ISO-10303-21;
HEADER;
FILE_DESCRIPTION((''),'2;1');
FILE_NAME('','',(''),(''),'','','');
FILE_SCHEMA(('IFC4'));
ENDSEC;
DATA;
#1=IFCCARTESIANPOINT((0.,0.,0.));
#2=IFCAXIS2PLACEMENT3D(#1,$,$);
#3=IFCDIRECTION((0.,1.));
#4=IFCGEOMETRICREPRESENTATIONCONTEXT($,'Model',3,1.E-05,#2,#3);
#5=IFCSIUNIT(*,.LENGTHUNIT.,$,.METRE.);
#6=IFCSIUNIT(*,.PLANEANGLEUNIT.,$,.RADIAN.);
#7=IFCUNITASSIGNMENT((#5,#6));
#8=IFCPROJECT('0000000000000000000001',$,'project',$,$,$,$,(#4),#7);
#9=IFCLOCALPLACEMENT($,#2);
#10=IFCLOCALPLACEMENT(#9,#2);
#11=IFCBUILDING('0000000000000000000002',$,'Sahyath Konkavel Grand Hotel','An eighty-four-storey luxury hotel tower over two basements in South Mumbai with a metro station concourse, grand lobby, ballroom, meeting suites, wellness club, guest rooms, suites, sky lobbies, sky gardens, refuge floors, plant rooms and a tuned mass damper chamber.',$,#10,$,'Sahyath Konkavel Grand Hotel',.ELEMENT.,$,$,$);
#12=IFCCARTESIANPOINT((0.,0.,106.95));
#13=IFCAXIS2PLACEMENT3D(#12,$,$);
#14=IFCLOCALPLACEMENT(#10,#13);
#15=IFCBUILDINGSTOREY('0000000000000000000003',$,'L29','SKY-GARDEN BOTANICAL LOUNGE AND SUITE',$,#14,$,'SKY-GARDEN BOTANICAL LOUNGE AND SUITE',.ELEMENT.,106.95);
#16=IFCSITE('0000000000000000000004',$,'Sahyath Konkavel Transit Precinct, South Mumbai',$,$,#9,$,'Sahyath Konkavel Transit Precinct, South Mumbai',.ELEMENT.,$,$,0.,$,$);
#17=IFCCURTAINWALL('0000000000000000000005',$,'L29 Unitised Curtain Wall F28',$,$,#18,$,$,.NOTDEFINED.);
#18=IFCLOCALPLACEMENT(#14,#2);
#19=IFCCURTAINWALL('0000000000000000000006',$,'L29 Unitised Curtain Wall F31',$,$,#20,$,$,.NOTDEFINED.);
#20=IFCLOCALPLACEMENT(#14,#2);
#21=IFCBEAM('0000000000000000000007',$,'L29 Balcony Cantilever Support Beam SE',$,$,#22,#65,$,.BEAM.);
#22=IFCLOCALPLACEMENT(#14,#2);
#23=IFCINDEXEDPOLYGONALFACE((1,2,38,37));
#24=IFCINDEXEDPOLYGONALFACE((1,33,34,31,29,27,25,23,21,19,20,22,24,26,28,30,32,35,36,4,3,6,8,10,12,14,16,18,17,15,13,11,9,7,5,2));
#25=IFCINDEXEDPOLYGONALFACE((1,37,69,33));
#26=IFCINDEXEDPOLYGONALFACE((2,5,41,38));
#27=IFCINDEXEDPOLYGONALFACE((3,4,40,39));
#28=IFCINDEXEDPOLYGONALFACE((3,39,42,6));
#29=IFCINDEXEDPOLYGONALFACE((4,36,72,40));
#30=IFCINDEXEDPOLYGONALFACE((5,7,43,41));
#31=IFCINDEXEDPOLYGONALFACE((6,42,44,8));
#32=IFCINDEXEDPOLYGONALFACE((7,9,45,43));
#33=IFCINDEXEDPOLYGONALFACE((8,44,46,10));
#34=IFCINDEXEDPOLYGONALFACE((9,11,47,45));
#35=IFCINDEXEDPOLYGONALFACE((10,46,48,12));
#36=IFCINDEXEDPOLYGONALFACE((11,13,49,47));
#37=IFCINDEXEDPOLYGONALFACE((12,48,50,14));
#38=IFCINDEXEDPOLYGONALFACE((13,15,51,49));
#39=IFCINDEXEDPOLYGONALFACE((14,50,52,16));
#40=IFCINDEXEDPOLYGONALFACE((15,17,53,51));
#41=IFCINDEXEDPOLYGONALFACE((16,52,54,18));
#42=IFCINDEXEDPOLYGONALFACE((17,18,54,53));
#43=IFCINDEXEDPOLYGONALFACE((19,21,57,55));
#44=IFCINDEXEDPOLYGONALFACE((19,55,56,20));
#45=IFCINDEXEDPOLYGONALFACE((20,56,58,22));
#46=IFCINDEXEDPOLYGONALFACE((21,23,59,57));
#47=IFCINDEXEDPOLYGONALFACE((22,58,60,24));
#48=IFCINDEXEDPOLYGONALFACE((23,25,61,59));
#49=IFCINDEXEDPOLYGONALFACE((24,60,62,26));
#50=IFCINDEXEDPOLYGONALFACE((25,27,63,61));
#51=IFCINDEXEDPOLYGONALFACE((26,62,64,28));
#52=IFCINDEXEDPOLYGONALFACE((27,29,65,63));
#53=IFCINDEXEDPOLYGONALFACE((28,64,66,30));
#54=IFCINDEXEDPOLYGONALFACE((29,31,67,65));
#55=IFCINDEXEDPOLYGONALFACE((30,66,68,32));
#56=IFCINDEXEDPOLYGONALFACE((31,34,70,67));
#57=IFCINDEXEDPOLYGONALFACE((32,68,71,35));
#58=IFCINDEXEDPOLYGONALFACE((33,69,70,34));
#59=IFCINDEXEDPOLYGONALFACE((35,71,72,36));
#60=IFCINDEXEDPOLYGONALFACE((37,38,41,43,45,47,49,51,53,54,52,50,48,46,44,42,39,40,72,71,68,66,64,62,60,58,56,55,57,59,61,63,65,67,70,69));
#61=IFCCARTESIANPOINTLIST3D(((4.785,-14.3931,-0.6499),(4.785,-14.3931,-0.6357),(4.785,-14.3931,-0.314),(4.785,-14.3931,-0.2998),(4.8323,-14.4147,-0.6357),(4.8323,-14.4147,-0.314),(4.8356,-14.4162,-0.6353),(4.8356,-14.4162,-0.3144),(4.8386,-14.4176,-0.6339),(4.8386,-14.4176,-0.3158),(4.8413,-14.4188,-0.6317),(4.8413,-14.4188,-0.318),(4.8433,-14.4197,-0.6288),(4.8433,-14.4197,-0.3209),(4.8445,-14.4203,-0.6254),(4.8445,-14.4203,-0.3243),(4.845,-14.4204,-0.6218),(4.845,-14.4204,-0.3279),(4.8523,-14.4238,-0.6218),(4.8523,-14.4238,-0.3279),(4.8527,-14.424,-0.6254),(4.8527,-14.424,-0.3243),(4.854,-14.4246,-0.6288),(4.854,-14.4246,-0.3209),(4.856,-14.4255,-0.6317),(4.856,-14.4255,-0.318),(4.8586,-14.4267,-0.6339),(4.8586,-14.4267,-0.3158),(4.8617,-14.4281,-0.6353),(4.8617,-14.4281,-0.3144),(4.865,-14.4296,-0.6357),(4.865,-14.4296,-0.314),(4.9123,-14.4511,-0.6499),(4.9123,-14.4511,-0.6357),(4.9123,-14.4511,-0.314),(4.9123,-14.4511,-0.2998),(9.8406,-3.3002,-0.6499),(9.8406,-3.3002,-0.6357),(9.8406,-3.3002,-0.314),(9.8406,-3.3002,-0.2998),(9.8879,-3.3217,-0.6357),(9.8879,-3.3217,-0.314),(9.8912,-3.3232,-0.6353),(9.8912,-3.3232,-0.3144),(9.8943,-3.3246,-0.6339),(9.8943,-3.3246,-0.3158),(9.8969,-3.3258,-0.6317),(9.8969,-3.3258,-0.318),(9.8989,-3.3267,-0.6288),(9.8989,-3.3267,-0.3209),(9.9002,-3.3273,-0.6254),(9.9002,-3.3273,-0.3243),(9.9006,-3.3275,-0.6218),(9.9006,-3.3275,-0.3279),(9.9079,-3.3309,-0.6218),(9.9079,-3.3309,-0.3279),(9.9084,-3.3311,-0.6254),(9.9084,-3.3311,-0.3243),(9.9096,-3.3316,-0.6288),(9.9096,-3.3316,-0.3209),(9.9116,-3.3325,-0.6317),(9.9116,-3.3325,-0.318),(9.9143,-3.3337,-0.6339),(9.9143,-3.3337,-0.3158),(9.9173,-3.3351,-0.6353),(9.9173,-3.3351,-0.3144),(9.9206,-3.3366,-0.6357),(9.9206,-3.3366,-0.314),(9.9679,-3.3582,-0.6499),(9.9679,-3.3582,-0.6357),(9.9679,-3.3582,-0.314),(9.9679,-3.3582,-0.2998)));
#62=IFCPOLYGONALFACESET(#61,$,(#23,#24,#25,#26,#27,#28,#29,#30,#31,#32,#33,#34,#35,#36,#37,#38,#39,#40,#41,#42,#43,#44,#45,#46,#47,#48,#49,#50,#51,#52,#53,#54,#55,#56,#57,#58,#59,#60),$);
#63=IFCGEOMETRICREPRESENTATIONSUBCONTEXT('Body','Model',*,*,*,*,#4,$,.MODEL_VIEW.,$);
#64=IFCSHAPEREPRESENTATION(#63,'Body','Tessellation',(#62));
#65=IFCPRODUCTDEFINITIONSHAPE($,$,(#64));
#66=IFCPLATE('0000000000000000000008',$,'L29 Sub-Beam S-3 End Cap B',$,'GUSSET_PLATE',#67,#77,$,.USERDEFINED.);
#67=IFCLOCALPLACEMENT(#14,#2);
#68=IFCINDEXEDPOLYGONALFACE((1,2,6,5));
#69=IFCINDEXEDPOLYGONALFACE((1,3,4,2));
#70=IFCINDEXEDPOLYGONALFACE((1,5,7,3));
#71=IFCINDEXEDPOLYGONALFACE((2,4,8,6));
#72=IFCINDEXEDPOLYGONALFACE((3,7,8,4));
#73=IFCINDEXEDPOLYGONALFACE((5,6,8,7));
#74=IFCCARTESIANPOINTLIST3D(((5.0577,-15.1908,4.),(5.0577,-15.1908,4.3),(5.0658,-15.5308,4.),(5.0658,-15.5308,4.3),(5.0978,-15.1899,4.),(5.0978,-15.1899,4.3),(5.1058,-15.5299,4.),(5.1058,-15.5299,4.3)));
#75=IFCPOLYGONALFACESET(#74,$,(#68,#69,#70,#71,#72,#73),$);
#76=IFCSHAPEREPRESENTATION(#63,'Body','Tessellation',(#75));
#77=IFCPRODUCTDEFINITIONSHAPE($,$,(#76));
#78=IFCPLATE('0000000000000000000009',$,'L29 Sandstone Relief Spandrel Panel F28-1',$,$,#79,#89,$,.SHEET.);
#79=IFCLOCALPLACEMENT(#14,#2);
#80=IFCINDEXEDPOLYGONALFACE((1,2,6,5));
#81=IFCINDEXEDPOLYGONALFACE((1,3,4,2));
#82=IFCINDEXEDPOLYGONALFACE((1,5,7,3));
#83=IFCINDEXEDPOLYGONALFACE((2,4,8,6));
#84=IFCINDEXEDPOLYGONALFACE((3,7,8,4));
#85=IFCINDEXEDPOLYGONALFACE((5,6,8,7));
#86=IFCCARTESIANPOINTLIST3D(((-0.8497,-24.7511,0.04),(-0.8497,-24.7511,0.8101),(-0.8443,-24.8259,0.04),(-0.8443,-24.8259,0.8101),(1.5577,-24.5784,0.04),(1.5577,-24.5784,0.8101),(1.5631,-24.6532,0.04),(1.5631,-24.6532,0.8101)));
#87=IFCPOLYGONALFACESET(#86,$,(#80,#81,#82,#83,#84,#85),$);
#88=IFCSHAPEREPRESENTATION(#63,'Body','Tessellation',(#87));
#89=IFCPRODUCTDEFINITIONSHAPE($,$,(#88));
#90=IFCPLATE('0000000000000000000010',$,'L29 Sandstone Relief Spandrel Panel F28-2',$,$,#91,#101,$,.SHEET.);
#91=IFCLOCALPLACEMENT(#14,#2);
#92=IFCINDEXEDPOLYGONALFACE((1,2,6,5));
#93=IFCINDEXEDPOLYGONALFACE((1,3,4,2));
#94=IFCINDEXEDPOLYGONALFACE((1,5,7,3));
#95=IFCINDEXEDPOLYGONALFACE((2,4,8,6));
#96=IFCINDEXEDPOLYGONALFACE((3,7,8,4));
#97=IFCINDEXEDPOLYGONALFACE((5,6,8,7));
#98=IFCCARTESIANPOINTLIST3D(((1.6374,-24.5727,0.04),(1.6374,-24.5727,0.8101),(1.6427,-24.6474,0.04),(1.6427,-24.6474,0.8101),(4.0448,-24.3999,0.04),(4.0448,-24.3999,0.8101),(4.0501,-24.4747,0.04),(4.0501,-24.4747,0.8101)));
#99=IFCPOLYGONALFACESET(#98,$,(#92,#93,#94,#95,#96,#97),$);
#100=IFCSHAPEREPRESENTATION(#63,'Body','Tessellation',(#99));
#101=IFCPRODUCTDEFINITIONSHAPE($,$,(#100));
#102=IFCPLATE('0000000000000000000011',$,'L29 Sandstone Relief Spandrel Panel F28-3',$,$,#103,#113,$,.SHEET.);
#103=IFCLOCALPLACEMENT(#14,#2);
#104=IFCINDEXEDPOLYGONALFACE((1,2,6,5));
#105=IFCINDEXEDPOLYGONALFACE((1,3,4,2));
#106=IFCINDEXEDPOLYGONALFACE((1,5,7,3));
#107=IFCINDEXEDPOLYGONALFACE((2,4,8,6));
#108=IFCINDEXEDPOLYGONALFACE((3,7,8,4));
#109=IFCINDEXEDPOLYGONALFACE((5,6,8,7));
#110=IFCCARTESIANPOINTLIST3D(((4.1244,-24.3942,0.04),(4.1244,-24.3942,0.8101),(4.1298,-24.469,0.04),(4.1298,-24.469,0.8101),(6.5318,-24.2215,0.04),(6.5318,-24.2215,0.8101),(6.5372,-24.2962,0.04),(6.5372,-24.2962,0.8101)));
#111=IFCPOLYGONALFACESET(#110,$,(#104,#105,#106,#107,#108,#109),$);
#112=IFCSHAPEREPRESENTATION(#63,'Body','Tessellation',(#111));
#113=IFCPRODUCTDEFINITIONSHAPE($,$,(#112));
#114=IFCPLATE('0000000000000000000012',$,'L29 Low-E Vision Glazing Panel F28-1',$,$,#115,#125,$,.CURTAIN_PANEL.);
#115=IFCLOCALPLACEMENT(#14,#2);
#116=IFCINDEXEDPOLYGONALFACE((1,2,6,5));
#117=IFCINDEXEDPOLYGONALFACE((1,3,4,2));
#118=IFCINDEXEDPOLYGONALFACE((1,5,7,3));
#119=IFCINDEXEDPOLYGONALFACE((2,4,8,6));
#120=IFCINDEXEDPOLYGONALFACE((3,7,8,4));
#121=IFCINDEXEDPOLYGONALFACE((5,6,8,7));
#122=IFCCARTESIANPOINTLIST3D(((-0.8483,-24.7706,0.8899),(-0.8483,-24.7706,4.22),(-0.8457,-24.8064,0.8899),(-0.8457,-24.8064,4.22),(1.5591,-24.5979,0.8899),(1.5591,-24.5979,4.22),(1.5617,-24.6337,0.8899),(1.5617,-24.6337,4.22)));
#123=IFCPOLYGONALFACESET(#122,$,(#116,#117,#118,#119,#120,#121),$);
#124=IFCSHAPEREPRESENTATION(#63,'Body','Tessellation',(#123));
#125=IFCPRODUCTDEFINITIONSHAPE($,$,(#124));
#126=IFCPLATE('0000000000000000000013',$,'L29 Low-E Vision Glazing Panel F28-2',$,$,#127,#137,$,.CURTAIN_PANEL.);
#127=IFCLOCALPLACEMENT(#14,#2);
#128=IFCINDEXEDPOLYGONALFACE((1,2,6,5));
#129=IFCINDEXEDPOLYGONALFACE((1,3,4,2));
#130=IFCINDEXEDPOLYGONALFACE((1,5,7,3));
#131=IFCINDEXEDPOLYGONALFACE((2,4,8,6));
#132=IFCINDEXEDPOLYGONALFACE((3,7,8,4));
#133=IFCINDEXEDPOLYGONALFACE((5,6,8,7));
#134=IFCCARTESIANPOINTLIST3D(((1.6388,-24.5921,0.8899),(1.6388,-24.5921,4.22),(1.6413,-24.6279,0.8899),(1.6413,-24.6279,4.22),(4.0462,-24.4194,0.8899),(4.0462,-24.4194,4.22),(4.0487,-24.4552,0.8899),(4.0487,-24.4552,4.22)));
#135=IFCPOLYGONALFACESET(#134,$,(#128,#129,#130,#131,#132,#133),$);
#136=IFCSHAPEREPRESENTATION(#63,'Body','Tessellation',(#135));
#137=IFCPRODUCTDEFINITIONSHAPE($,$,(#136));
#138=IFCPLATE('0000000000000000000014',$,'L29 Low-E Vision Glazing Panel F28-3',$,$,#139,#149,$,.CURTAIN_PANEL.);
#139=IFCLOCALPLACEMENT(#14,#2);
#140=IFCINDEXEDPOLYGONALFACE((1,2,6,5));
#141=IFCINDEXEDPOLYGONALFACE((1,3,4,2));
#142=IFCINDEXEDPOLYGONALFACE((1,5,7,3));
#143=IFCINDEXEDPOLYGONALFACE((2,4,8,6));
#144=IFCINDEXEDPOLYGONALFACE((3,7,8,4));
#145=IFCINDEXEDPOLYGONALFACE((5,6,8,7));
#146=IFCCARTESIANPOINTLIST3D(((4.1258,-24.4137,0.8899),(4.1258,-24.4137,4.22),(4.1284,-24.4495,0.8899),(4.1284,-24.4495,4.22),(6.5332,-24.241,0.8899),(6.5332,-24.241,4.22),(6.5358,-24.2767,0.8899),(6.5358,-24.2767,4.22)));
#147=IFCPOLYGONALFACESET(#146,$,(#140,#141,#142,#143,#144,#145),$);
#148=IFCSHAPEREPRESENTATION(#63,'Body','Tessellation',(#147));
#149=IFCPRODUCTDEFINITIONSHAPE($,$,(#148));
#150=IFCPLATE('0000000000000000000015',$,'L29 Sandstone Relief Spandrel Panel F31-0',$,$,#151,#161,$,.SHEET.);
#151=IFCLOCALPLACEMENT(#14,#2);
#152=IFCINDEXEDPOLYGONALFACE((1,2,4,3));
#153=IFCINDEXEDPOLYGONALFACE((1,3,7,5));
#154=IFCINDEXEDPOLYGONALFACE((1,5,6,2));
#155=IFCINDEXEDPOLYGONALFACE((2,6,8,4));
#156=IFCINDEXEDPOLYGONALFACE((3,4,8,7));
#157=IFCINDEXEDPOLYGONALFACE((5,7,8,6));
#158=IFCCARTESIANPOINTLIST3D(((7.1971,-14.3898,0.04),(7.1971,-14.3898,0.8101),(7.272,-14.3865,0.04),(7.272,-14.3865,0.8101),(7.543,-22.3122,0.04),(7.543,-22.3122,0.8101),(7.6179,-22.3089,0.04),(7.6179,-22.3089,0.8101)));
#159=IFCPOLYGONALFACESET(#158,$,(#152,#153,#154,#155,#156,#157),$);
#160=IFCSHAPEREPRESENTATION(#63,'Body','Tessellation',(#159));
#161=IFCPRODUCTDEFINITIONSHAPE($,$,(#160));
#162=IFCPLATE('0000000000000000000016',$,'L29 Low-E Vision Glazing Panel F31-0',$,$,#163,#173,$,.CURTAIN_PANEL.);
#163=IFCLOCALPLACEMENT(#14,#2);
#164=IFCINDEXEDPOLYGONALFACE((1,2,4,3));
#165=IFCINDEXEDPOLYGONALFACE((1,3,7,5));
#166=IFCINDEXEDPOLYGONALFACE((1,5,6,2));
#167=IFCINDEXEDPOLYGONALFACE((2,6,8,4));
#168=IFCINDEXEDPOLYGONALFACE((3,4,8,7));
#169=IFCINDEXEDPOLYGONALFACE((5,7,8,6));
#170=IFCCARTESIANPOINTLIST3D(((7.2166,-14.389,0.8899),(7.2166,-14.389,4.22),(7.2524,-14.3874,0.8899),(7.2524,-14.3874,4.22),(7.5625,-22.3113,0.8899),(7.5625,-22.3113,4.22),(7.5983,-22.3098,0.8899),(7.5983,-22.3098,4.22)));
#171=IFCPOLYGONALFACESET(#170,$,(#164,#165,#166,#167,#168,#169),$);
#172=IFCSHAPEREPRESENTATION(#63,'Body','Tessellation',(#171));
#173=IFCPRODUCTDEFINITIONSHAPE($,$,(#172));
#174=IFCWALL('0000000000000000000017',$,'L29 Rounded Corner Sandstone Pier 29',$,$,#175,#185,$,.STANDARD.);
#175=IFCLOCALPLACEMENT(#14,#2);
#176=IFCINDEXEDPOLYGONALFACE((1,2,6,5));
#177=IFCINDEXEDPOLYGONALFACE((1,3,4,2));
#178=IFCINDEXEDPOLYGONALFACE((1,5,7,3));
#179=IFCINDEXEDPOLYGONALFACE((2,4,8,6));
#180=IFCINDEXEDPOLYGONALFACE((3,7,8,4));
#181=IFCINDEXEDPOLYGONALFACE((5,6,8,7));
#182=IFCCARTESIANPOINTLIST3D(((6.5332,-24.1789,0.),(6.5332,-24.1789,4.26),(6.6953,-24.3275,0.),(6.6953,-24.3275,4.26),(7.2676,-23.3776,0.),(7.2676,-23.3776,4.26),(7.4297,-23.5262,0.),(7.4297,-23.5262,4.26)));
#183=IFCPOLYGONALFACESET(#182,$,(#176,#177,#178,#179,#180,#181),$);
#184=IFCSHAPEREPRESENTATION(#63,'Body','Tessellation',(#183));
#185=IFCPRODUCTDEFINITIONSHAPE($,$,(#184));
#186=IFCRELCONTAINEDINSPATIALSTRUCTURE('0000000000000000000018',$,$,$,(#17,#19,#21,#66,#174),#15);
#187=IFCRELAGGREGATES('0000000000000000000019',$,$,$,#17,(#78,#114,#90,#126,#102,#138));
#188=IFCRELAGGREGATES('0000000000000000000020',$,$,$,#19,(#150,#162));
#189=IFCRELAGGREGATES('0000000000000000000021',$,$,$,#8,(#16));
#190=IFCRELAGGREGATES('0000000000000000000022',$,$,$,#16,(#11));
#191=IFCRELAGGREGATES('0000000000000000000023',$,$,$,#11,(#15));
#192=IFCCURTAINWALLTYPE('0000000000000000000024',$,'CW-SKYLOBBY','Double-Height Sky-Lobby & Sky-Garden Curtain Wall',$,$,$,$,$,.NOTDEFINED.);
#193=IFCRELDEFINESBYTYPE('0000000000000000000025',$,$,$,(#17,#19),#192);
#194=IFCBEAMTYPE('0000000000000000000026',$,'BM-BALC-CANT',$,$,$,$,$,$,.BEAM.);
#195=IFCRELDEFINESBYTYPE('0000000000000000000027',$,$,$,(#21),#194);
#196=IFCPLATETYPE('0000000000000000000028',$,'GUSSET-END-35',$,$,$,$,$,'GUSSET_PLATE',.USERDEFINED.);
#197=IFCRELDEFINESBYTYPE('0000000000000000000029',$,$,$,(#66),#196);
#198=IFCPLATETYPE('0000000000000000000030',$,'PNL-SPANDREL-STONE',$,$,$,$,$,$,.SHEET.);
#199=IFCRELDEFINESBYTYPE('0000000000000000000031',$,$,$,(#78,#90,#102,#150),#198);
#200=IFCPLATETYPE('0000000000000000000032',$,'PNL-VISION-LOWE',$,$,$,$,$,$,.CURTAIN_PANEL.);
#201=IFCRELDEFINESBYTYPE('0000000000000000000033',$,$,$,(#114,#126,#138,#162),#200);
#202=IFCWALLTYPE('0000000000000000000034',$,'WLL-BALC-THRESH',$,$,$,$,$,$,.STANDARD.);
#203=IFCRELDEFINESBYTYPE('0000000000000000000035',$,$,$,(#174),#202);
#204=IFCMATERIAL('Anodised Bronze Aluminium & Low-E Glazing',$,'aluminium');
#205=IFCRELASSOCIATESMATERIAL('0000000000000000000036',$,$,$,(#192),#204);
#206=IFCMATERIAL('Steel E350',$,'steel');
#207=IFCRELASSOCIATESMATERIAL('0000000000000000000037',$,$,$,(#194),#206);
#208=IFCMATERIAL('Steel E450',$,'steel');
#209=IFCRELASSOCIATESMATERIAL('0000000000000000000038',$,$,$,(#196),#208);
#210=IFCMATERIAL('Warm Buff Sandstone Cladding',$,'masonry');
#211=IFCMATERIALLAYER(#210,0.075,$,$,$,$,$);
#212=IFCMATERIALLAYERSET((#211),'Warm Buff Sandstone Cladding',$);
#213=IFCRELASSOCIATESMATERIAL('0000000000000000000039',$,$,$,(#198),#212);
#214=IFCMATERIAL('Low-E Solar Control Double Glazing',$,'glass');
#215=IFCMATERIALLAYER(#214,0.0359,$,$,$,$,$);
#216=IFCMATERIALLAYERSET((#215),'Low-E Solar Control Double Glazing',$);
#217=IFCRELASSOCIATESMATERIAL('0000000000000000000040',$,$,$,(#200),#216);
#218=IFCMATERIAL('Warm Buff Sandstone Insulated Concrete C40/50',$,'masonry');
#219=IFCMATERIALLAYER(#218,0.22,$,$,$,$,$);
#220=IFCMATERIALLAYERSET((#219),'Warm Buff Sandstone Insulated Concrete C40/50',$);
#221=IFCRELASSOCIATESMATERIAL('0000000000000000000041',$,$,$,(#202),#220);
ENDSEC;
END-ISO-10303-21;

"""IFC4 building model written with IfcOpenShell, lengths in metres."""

from ifc_helpers import new_model, si_unit, direction, frame, frame_2d, origin, origin_2d, place, context, subcontext, project, spatial, rectangle, i_section, extrude, source, transform, mapped, material, layer, layer_set, material_profile, profile_set, type_object, element, aggregate, save


model = new_model("IFC4")

# Units and contexts
model_context = context("Model", 3, precision=1e-05, world=origin(), true_north=direction((0.0, 1.0)))
body_context = subcontext(model_context, "Body", "Model", "MODEL_VIEW")
ifc_project = project(units=[si_unit("LENGTHUNIT", "METRE"), si_unit("PLANEANGLEUNIT", "RADIAN")], contexts=[model_context])

# Site, building, storey
site_placement = place(None, origin())
site = spatial("IfcSite", under=ifc_project, at=site_placement, Name="Sahyath Konkavel Transit Precinct, South Mumbai", LongName="Sahyath Konkavel Transit Precinct, South Mumbai", CompositionType="ELEMENT", RefElevation=0.0)
building_placement = place(site_placement, origin())
building = spatial("IfcBuilding", under=site, at=building_placement, Name="Sahyath Konkavel Grand Hotel", Description="An eighty-four-storey luxury hotel tower over two basements in South Mumbai with a metro station concourse, grand lobby, ballroom, meeting suites, wellness club, guest rooms, suites, sky lobbies, sky gardens, refuge floors, plant rooms and a tuned mass damper chamber.", LongName="Sahyath Konkavel Grand Hotel", CompositionType="ELEMENT")
storey_placement = place(building_placement, frame((0.0, 0.0, 106.95)))
storey = spatial("IfcBuildingStorey", under=building, at=storey_placement, Name="L29", Description="SKY-GARDEN BOTANICAL LOUNGE AND SUITE", LongName="SKY-GARDEN BOTANICAL LOUNGE AND SUITE", CompositionType="ELEMENT", Elevation=106.95)

# Curtain wall
ifc_material_1 = material(Name="Anodised Bronze Aluminium & Low-E Glazing", Category="aluminium")
curtain_wall_type = type_object("IfcCurtainWallType", Name="CW-SKYLOBBY", Description="Double-Height Sky-Lobby & Sky-Garden Curtain Wall", PredefinedType="NOTDEFINED", material=ifc_material_1)
curtain_wall_1_placement = place(storey_placement, origin())
curtain_wall_1 = element("IfcCurtainWall", 1, at=curtain_wall_1_placement, inside=storey, type_object=curtain_wall_type, Name="L29 Unitised Curtain Wall F28", PredefinedType="NOTDEFINED")

# Curtain wall
curtain_wall_2_placement = place(storey_placement, origin())
curtain_wall_2 = element("IfcCurtainWall", 2, at=curtain_wall_2_placement, inside=storey, type_object=curtain_wall_type, Name="L29 Unitised Curtain Wall F31", PredefinedType="NOTDEFINED")

# Beam
ifc_material_2 = material(Name="Steel E350", Category="steel")
ifc_material_profile_1 = material_profile(ifc_material_2, i_section(OverallWidth=0.1399, OverallDepth=0.3501, WebThickness=0.0081, FlangeThickness=0.0142, FilletRadius=0.0139, at=origin_2d()), Name="ISMB 350")
ifc_profile_set_1 = profile_set([ifc_material_profile_1], Name="Steel E350")
beam_type = type_object("IfcBeamType", Name="BM-BALC-CANT", PredefinedType="BEAM", material=ifc_profile_set_1)
shared_shape_1 = source(origin(), body_context, "Body", "SweptSolid", [
    extrude(i_section(OverallWidth=0.1399, OverallDepth=0.3501, WebThickness=0.0081, FlangeThickness=0.0142, FilletRadius=0.0139, at=origin_2d()), origin(), (0.0, 0.0, 1.0), 12.1907),
])
beam_placement = place(storey_placement, frame((4.8486, -14.4221, -0.4749), z_axis=(0.414713, 0.909952, 0.0), x_axis=(-0.909952, 0.414713, 0.0)))
element("IfcBeam", 3, at=beam_placement, inside=storey, type_object=beam_type, Name="L29 Balcony Cantilever Support Beam SE", PredefinedType="BEAM", context=body_context, shape_type="MappedRepresentation", body=[
    mapped(shared_shape_1, transform((0.0, 0.0, 0.0), scale=1.0)),
])

# Plates
ifc_material_3 = material(Name="Steel E450", Category="steel")
plate_type_1 = type_object("IfcPlateType", Name="GUSSET-END-35", ElementType="GUSSET_PLATE", PredefinedType="USERDEFINED", material=ifc_material_3)
shared_shape_2 = source(origin(), body_context, "Body", "SweptSolid", [
    extrude(rectangle(XDim=0.04, YDim=0.3401, at=origin_2d()), origin(), (0.0, 0.0, 1.0), 0.3),
])
plate_1_placement = place(storey_placement, frame((5.0818, -15.3604, 4.0), z_axis=(0.0, 0.0, 1.0), x_axis=(0.999719, 0.023699, 0.0)))
element("IfcPlate", 4, at=plate_1_placement, inside=storey, type_object=plate_type_1, Name="L29 Sub-Beam S-3 End Cap B", ObjectType="GUSSET_PLATE", PredefinedType="USERDEFINED", context=body_context, shape_type="MappedRepresentation", body=[
    mapped(shared_shape_2, transform((0.0, 0.0, 0.0), scale=1.0)),
])
ifc_material_4 = material(Name="Warm Buff Sandstone Cladding", Category="masonry")
ifc_layer_1 = layer(ifc_material_4, 0.075)
ifc_layer_set_1 = layer_set([ifc_layer_1], Name="Warm Buff Sandstone Cladding")
plate_type_2 = type_object("IfcPlateType", Name="PNL-SPANDREL-STONE", PredefinedType="SHEET", material=ifc_layer_set_1)
shared_shape_3 = source(origin(), body_context, "Body", "SweptSolid", [
    extrude(rectangle(XDim=2.4136, YDim=0.075, at=origin_2d()), origin(), (0.0, 0.0, 1.0), 0.77),
])
plate_2_placement = place(storey_placement, frame((0.3567, -24.7021, 0.04), z_axis=(0.0, 0.0, 1.0), x_axis=(0.997436, 0.071567, 0.0)))
plate_2 = element("IfcPlate", 5, at=plate_2_placement, type_object=plate_type_2, Name="L29 Sandstone Relief Spandrel Panel F28-1", PredefinedType="SHEET", context=body_context, shape_type="MappedRepresentation", body=[
    mapped(shared_shape_3, transform((0.0, 0.0, 0.0), scale=1.0)),
])
plate_3_placement = place(storey_placement, frame((2.8438, -24.5237, 0.04), z_axis=(0.0, 0.0, 1.0), x_axis=(0.997436, 0.071567, 0.0)))
plate_3 = element("IfcPlate", 6, at=plate_3_placement, type_object=plate_type_2, Name="L29 Sandstone Relief Spandrel Panel F28-2", PredefinedType="SHEET", context=body_context, shape_type="MappedRepresentation", body=[
    mapped(shared_shape_3, transform((0.0, 0.0, 0.0), scale=1.0)),
])
plate_4_placement = place(storey_placement, frame((5.3308, -24.3452, 0.04), z_axis=(0.0, 0.0, 1.0), x_axis=(0.997436, 0.071567, 0.0)))
plate_4 = element("IfcPlate", 7, at=plate_4_placement, type_object=plate_type_2, Name="L29 Sandstone Relief Spandrel Panel F28-3", PredefinedType="SHEET", context=body_context, shape_type="MappedRepresentation", body=[
    mapped(shared_shape_3, transform((0.0, 0.0, 0.0), scale=1.0)),
])
ifc_material_5 = material(Name="Low-E Solar Control Double Glazing", Category="glass")
ifc_layer_2 = layer(ifc_material_5, 0.0359)
ifc_layer_set_2 = layer_set([ifc_layer_2], Name="Low-E Solar Control Double Glazing")
plate_type_3 = type_object("IfcPlateType", Name="PNL-VISION-LOWE", PredefinedType="CURTAIN_PANEL", material=ifc_layer_set_2)
shared_shape_4 = source(origin(), body_context, "Body", "SweptSolid", [
    extrude(rectangle(XDim=2.4136, YDim=0.0359, at=origin_2d()), origin(), (0.0, 0.0, 1.0), 3.3301),
])
plate_5_placement = place(storey_placement, frame((0.3567, -24.7021, 0.8899), z_axis=(0.0, 0.0, 1.0), x_axis=(0.997436, 0.071567, 0.0)))
plate_5 = element("IfcPlate", 8, at=plate_5_placement, type_object=plate_type_3, Name="L29 Low-E Vision Glazing Panel F28-1", PredefinedType="CURTAIN_PANEL", context=body_context, shape_type="MappedRepresentation", body=[
    mapped(shared_shape_4, transform((0.0, 0.0, 0.0), scale=1.0)),
])
plate_6_placement = place(storey_placement, frame((2.8438, -24.5237, 0.8899), z_axis=(0.0, 0.0, 1.0), x_axis=(0.997436, 0.071567, 0.0)))
plate_6 = element("IfcPlate", 9, at=plate_6_placement, type_object=plate_type_3, Name="L29 Low-E Vision Glazing Panel F28-2", PredefinedType="CURTAIN_PANEL", context=body_context, shape_type="MappedRepresentation", body=[
    mapped(shared_shape_4, transform((0.0, 0.0, 0.0), scale=1.0)),
])
plate_7_placement = place(storey_placement, frame((5.3308, -24.3452, 0.8899), z_axis=(0.0, 0.0, 1.0), x_axis=(0.997436, 0.071567, 0.0)))
plate_7 = element("IfcPlate", 10, at=plate_7_placement, type_object=plate_type_3, Name="L29 Low-E Vision Glazing Panel F28-3", PredefinedType="CURTAIN_PANEL", context=body_context, shape_type="MappedRepresentation", body=[
    mapped(shared_shape_4, transform((0.0, 0.0, 0.0), scale=1.0)),
])
aggregate(curtain_wall_1, [plate_2, plate_5, plate_3, plate_6, plate_4, plate_7])
shared_shape_5 = source(origin(), body_context, "Body", "SweptSolid", [
    extrude(rectangle(XDim=7.9299, YDim=0.075, at=origin_2d()), origin(), (0.0, 0.0, 1.0), 0.77),
])
plate_8_placement = place(storey_placement, frame((7.4075, -18.3494, 0.04), z_axis=(0.0, 0.0, 1.0), x_axis=(-0.043619, 0.999048, 0.0)))
plate_8 = element("IfcPlate", 11, at=plate_8_placement, type_object=plate_type_2, Name="L29 Sandstone Relief Spandrel Panel F31-0", PredefinedType="SHEET", context=body_context, shape_type="MappedRepresentation", body=[
    mapped(shared_shape_5, transform((0.0, 0.0, 0.0), scale=1.0)),
])
shared_shape_6 = source(origin(), body_context, "Body", "SweptSolid", [
    extrude(rectangle(XDim=7.9299, YDim=0.0359, at=origin_2d()), origin(), (0.0, 0.0, 1.0), 3.3301),
])
plate_9_placement = place(storey_placement, frame((7.4075, -18.3494, 0.8899), z_axis=(0.0, 0.0, 1.0), x_axis=(-0.043619, 0.999048, 0.0)))
plate_9 = element("IfcPlate", 12, at=plate_9_placement, type_object=plate_type_3, Name="L29 Low-E Vision Glazing Panel F31-0", PredefinedType="CURTAIN_PANEL", context=body_context, shape_type="MappedRepresentation", body=[
    mapped(shared_shape_6, transform((0.0, 0.0, 0.0), scale=1.0)),
])
aggregate(curtain_wall_2, [plate_8, plate_9])

# Wall
ifc_material_6 = material(Name="Warm Buff Sandstone Insulated Concrete C40/50", Category="masonry")
ifc_layer_3 = layer(ifc_material_6, 0.22)
ifc_layer_set_3 = layer_set([ifc_layer_3], Name="Warm Buff Sandstone Insulated Concrete C40/50")
wall_type = type_object("IfcWallType", Name="WLL-BALC-THRESH", PredefinedType="STANDARD", material=ifc_layer_set_3)
wall_1_placement = place(storey_placement, frame((6.6143, -24.2532, 0.0), z_axis=(0.0, 0.0, 1.0), x_axis=(0.675664, 0.73721, 0.0)))
element("IfcWall", 13, at=wall_1_placement, inside=storey, type_object=wall_type, Name="L29 Rounded Corner Sandstone Pier 29", PredefinedType="STANDARD", context=body_context, shape_type="SweptSolid", body=[
    extrude(rectangle(XDim=1.0869, YDim=0.22, at=frame_2d((0.5435, 0.0))), origin(), (0.0, 0.0, 1.0), 4.26),
])

save(model, "model.ifc")
